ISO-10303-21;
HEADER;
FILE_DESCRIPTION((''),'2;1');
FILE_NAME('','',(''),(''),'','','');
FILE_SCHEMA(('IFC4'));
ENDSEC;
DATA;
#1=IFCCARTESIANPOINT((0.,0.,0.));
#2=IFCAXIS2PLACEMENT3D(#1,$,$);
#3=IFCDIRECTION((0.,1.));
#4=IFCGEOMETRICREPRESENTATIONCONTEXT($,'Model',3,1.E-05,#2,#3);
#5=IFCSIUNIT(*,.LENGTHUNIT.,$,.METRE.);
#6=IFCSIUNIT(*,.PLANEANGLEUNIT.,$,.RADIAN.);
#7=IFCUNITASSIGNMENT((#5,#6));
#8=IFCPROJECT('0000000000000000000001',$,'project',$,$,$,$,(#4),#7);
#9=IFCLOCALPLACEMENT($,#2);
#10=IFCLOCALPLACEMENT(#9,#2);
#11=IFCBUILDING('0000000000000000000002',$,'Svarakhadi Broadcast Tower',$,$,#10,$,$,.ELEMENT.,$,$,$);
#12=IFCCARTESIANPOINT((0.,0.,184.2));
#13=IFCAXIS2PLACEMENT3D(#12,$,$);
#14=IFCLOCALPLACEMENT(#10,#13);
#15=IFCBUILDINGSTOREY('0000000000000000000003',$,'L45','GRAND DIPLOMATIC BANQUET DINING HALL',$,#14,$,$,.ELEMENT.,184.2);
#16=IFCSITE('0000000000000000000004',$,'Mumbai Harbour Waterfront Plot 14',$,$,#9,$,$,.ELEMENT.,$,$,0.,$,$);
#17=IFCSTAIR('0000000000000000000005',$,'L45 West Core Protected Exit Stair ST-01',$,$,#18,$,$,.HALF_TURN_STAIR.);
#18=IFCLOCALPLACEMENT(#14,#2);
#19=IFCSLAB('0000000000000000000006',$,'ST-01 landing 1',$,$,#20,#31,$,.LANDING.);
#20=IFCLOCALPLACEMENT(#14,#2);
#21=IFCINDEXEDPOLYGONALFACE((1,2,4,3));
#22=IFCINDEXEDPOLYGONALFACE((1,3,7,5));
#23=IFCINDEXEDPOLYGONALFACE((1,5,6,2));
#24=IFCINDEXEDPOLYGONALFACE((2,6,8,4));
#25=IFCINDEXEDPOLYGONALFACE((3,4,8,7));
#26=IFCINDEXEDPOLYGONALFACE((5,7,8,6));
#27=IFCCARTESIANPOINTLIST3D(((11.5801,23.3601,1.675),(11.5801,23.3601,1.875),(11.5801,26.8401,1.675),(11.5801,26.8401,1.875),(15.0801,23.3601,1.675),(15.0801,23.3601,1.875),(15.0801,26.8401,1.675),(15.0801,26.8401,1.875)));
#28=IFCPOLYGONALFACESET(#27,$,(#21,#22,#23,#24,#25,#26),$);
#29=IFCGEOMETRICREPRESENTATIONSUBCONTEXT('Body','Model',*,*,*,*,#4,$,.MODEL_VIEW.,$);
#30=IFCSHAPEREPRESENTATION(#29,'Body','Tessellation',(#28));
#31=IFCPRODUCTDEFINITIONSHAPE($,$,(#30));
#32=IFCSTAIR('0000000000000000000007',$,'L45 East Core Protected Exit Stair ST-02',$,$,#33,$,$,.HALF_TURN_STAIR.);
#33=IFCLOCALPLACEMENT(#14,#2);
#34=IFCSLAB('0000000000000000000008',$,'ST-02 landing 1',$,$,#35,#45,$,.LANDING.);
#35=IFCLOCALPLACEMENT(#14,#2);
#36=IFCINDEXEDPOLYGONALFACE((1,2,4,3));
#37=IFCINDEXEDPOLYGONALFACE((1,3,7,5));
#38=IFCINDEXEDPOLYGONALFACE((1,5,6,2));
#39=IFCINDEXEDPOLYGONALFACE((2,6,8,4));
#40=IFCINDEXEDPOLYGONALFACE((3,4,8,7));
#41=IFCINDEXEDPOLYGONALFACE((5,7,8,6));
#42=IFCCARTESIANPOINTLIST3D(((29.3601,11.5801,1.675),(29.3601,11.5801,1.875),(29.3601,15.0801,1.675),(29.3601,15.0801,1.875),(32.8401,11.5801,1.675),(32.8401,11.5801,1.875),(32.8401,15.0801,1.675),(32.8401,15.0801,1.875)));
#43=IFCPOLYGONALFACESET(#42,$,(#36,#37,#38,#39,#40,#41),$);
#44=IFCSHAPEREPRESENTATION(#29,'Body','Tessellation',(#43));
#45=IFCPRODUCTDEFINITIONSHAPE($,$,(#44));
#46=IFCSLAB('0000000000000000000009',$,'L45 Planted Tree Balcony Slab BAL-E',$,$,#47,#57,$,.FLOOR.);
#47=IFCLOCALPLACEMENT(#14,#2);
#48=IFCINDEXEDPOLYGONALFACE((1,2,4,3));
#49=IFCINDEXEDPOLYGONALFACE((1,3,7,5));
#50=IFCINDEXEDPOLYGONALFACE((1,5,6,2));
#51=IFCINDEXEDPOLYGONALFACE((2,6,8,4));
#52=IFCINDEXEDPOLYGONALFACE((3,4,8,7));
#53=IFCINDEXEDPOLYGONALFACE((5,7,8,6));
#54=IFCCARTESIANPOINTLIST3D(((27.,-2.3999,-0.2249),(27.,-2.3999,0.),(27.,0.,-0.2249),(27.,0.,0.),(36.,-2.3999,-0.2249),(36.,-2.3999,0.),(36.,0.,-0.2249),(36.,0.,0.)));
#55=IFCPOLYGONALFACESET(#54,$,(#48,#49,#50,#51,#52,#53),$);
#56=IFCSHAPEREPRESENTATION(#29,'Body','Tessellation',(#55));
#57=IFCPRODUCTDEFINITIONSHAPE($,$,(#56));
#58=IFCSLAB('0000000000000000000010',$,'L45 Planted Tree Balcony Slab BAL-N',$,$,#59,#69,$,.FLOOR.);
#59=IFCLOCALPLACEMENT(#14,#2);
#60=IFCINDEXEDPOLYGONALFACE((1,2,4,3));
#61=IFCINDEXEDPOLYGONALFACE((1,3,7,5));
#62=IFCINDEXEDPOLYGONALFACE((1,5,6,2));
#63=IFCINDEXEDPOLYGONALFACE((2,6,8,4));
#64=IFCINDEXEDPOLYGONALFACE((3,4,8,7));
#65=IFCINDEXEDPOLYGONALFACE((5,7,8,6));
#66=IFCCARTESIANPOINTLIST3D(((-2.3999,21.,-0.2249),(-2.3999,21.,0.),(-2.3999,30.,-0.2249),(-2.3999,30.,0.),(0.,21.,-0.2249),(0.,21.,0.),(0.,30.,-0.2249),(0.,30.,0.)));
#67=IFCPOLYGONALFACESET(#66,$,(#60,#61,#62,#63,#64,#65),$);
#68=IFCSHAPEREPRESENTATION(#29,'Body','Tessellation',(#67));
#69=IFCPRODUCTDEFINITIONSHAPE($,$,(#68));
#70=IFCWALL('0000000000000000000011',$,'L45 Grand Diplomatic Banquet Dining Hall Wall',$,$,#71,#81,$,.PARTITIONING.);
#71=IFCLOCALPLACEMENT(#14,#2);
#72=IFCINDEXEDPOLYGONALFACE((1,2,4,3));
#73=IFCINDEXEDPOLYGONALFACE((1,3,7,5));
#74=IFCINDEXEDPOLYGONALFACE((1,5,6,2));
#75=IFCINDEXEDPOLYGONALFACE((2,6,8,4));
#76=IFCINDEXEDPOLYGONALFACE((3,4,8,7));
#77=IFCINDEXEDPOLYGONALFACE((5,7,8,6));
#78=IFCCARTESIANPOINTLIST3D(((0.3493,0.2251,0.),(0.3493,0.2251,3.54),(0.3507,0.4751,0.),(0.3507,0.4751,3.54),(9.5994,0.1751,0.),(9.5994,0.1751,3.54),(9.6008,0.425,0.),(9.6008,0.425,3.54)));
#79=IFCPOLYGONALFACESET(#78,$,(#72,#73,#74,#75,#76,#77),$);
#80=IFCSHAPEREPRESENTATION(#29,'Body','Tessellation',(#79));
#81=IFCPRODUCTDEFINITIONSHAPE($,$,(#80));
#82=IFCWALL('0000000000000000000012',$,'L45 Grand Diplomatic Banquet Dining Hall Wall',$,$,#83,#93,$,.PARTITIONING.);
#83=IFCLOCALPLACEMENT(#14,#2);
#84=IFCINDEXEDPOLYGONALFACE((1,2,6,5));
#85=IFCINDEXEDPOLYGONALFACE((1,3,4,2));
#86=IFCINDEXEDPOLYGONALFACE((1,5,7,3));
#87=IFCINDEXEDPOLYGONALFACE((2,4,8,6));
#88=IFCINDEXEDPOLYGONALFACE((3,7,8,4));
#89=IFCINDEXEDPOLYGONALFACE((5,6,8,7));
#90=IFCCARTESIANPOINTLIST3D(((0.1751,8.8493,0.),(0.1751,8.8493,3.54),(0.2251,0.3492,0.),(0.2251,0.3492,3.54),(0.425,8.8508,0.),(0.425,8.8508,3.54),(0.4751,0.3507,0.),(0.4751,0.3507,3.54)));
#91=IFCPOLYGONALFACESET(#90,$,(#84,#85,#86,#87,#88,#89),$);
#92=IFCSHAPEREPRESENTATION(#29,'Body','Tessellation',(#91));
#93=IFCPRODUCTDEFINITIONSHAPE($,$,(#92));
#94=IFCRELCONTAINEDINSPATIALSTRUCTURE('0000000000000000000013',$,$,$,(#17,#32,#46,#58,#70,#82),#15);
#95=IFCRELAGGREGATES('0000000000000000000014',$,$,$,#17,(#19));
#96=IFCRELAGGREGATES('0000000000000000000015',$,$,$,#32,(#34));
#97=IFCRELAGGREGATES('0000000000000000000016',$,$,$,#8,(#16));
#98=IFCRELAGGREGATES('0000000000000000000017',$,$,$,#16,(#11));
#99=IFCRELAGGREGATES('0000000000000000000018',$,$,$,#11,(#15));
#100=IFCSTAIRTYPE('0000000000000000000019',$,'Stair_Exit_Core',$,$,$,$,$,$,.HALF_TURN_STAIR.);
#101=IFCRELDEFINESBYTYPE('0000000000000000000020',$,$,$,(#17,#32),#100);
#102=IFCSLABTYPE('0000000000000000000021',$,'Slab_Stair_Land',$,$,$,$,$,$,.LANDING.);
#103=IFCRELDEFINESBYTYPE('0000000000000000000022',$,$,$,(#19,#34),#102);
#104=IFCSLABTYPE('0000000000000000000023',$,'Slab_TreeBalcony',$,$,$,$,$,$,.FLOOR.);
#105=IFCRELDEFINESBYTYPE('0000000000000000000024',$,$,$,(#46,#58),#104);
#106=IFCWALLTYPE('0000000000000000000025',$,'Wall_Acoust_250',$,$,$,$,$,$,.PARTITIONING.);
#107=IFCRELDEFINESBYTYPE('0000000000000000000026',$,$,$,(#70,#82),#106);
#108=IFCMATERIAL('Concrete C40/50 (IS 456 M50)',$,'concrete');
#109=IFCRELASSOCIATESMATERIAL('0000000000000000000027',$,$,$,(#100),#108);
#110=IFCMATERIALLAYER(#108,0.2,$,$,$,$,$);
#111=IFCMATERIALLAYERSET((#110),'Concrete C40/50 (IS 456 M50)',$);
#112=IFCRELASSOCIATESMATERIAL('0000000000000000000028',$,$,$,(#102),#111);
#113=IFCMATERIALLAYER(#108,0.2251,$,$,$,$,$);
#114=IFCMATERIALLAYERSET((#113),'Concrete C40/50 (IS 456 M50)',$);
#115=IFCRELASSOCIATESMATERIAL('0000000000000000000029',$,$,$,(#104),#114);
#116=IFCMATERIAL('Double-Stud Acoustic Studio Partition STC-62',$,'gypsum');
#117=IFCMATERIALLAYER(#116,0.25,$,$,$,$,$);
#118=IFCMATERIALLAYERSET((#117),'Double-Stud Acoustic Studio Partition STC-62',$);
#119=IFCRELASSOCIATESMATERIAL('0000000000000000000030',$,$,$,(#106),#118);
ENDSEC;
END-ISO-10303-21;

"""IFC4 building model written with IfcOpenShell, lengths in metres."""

from ifc_helpers import new_model, si_unit, direction, frame, frame_2d, origin, place, context, subcontext, project, spatial, polyline, rectangle, outline, extrude, material, layer, layer_set, type_object, element, aggregate, save


model = new_model("IFC4")

# Units and contexts
model_context = context("Model", 3, precision=1e-05, world=origin(), true_north=direction((0.0, 1.0)))
body_context = subcontext(model_context, "Body", "Model", "MODEL_VIEW")
ifc_project = project(units=[si_unit("LENGTHUNIT", "METRE"), si_unit("PLANEANGLEUNIT", "RADIAN")], contexts=[model_context])

# Site, building, storey
site_placement = place(None, origin())
site = spatial("IfcSite", under=ifc_project, at=site_placement, Name="Mumbai Harbour Waterfront Plot 14", CompositionType="ELEMENT", RefElevation=0.0)
building_placement = place(site_placement, origin())
building = spatial("IfcBuilding", under=site, at=building_placement, Name="Svarakhadi Broadcast Tower", CompositionType="ELEMENT")
storey_placement = place(building_placement, frame((0.0, 0.0, 184.2)))
storey = spatial("IfcBuildingStorey", under=building, at=storey_placement, Name="L45", Description="GRAND DIPLOMATIC BANQUET DINING HALL", CompositionType="ELEMENT", Elevation=184.2)

# Shared definitions
ifc_material_1 = material(Name="Concrete C40/50 (IS 456 M50)", Category="concrete")

# Stairs, slabs
stair_type = type_object("IfcStairType", Name="Stair_Exit_Core", PredefinedType="HALF_TURN_STAIR", material=ifc_material_1)
stair_1_placement = place(storey_placement, origin())
stair_1 = element("IfcStair", 1, at=stair_1_placement, inside=storey, type_object=stair_type, Name="L45 West Core Protected Exit Stair ST-01", PredefinedType="HALF_TURN_STAIR")
ifc_layer_1 = layer(ifc_material_1, 0.2)
ifc_layer_set_1 = layer_set([ifc_layer_1], Name="Concrete C40/50 (IS 456 M50)")
slab_type_1 = type_object("IfcSlabType", Name="Slab_Stair_Land", PredefinedType="LANDING", material=ifc_layer_set_1)
slab_1_placement = place(storey_placement, frame((0.0, 0.0, 1.675)))
slab_1 = element("IfcSlab", 2, at=slab_1_placement, type_object=slab_type_1, Name="ST-01 landing 1", PredefinedType="LANDING", context=body_context, shape_type="SweptSolid", body=[
    extrude(outline(polyline([(11.5801, 23.3601), (15.0801, 23.3601), (15.0801, 26.8401), (11.5801, 26.8401), (11.5801, 23.3601)])), origin(), (0.0, 0.0, 1.0), 0.2),
])
aggregate(stair_1, [slab_1])
stair_2_placement = place(storey_placement, origin())
stair_2 = element("IfcStair", 3, at=stair_2_placement, inside=storey, type_object=stair_type, Name="L45 East Core Protected Exit Stair ST-02", PredefinedType="HALF_TURN_STAIR")
slab_2_placement = place(storey_placement, frame((0.0, 0.0, 1.675)))
slab_2 = element("IfcSlab", 4, at=slab_2_placement, type_object=slab_type_1, Name="ST-02 landing 1", PredefinedType="LANDING", context=body_context, shape_type="SweptSolid", body=[
    extrude(outline(polyline([(32.8401, 11.5801), (32.8401, 15.0801), (29.3601, 15.0801), (29.3601, 11.5801), (32.8401, 11.5801)])), origin(), (0.0, 0.0, 1.0), 0.2),
])
aggregate(stair_2, [slab_2])

# Slabs
ifc_layer_2 = layer(ifc_material_1, 0.2251)
ifc_layer_set_2 = layer_set([ifc_layer_2], Name="Concrete C40/50 (IS 456 M50)")
slab_type_2 = type_object("IfcSlabType", Name="Slab_TreeBalcony", PredefinedType="FLOOR", material=ifc_layer_set_2)
slab_3_placement = place(storey_placement, frame((0.0, 0.0, -0.2249)))
element("IfcSlab", 5, at=slab_3_placement, inside=storey, type_object=slab_type_2, Name="L45 Planted Tree Balcony Slab BAL-E", PredefinedType="FLOOR", context=body_context, shape_type="SweptSolid", body=[
    extrude(outline(polyline([(27.0, -2.3999), (36.0, -2.3999), (36.0, 0.0), (27.0, 0.0), (27.0, -2.3999)])), origin(), (0.0, 0.0, 1.0), 0.2249),
])
slab_4_placement = place(storey_placement, frame((0.0, 0.0, -0.2249)))
element("IfcSlab", 6, at=slab_4_placement, inside=storey, type_object=slab_type_2, Name="L45 Planted Tree Balcony Slab BAL-N", PredefinedType="FLOOR", context=body_context, shape_type="SweptSolid", body=[
    extrude(outline(polyline([(-2.3999, 21.0), (0.0, 21.0), (0.0, 30.0), (-2.3999, 30.0), (-2.3999, 21.0)])), origin(), (0.0, 0.0, 1.0), 0.2249),
])

# Walls
ifc_material_2 = material(Name="Double-Stud Acoustic Studio Partition STC-62", Category="gypsum")
ifc_layer_3 = layer(ifc_material_2, 0.25)
ifc_layer_set_3 = layer_set([ifc_layer_3], Name="Double-Stud Acoustic Studio Partition STC-62")
wall_type = type_object("IfcWallType", Name="Wall_Acoust_250", PredefinedType="PARTITIONING", material=ifc_layer_set_3)
wall_1_placement = place(storey_placement, frame((0.3501, 0.3501, 0.0), z_axis=(0.0, 0.0, 1.0), x_axis=(0.999985, -0.005411, 0.0)))
element("IfcWall", 7, at=wall_1_placement, inside=storey, type_object=wall_type, Name="L45 Grand Diplomatic Banquet Dining Hall Wall", PredefinedType="PARTITIONING", context=body_context, shape_type="SweptSolid", body=[
    extrude(rectangle(XDim=9.2502, YDim=0.25, at=frame_2d((4.625, 0.0))), origin(), (0.0, 0.0, 1.0), 3.54),
])
wall_2_placement = place(storey_placement, frame((0.3501, 0.3501, 0.0), z_axis=(0.0, 0.0, 1.0), x_axis=(-0.005888, 0.999983, 0.0)))
element("IfcWall", 8, at=wall_2_placement, inside=storey, type_object=wall_type, Name="L45 Grand Diplomatic Banquet Dining Hall Wall", PredefinedType="PARTITIONING", context=body_context, shape_type="SweptSolid", body=[
    extrude(rectangle(XDim=8.5002, YDim=0.25, at=frame_2d((4.25, 0.0))), origin(), (0.0, 0.0, 1.0), 3.54),
])

save(model, "model.ifc")
